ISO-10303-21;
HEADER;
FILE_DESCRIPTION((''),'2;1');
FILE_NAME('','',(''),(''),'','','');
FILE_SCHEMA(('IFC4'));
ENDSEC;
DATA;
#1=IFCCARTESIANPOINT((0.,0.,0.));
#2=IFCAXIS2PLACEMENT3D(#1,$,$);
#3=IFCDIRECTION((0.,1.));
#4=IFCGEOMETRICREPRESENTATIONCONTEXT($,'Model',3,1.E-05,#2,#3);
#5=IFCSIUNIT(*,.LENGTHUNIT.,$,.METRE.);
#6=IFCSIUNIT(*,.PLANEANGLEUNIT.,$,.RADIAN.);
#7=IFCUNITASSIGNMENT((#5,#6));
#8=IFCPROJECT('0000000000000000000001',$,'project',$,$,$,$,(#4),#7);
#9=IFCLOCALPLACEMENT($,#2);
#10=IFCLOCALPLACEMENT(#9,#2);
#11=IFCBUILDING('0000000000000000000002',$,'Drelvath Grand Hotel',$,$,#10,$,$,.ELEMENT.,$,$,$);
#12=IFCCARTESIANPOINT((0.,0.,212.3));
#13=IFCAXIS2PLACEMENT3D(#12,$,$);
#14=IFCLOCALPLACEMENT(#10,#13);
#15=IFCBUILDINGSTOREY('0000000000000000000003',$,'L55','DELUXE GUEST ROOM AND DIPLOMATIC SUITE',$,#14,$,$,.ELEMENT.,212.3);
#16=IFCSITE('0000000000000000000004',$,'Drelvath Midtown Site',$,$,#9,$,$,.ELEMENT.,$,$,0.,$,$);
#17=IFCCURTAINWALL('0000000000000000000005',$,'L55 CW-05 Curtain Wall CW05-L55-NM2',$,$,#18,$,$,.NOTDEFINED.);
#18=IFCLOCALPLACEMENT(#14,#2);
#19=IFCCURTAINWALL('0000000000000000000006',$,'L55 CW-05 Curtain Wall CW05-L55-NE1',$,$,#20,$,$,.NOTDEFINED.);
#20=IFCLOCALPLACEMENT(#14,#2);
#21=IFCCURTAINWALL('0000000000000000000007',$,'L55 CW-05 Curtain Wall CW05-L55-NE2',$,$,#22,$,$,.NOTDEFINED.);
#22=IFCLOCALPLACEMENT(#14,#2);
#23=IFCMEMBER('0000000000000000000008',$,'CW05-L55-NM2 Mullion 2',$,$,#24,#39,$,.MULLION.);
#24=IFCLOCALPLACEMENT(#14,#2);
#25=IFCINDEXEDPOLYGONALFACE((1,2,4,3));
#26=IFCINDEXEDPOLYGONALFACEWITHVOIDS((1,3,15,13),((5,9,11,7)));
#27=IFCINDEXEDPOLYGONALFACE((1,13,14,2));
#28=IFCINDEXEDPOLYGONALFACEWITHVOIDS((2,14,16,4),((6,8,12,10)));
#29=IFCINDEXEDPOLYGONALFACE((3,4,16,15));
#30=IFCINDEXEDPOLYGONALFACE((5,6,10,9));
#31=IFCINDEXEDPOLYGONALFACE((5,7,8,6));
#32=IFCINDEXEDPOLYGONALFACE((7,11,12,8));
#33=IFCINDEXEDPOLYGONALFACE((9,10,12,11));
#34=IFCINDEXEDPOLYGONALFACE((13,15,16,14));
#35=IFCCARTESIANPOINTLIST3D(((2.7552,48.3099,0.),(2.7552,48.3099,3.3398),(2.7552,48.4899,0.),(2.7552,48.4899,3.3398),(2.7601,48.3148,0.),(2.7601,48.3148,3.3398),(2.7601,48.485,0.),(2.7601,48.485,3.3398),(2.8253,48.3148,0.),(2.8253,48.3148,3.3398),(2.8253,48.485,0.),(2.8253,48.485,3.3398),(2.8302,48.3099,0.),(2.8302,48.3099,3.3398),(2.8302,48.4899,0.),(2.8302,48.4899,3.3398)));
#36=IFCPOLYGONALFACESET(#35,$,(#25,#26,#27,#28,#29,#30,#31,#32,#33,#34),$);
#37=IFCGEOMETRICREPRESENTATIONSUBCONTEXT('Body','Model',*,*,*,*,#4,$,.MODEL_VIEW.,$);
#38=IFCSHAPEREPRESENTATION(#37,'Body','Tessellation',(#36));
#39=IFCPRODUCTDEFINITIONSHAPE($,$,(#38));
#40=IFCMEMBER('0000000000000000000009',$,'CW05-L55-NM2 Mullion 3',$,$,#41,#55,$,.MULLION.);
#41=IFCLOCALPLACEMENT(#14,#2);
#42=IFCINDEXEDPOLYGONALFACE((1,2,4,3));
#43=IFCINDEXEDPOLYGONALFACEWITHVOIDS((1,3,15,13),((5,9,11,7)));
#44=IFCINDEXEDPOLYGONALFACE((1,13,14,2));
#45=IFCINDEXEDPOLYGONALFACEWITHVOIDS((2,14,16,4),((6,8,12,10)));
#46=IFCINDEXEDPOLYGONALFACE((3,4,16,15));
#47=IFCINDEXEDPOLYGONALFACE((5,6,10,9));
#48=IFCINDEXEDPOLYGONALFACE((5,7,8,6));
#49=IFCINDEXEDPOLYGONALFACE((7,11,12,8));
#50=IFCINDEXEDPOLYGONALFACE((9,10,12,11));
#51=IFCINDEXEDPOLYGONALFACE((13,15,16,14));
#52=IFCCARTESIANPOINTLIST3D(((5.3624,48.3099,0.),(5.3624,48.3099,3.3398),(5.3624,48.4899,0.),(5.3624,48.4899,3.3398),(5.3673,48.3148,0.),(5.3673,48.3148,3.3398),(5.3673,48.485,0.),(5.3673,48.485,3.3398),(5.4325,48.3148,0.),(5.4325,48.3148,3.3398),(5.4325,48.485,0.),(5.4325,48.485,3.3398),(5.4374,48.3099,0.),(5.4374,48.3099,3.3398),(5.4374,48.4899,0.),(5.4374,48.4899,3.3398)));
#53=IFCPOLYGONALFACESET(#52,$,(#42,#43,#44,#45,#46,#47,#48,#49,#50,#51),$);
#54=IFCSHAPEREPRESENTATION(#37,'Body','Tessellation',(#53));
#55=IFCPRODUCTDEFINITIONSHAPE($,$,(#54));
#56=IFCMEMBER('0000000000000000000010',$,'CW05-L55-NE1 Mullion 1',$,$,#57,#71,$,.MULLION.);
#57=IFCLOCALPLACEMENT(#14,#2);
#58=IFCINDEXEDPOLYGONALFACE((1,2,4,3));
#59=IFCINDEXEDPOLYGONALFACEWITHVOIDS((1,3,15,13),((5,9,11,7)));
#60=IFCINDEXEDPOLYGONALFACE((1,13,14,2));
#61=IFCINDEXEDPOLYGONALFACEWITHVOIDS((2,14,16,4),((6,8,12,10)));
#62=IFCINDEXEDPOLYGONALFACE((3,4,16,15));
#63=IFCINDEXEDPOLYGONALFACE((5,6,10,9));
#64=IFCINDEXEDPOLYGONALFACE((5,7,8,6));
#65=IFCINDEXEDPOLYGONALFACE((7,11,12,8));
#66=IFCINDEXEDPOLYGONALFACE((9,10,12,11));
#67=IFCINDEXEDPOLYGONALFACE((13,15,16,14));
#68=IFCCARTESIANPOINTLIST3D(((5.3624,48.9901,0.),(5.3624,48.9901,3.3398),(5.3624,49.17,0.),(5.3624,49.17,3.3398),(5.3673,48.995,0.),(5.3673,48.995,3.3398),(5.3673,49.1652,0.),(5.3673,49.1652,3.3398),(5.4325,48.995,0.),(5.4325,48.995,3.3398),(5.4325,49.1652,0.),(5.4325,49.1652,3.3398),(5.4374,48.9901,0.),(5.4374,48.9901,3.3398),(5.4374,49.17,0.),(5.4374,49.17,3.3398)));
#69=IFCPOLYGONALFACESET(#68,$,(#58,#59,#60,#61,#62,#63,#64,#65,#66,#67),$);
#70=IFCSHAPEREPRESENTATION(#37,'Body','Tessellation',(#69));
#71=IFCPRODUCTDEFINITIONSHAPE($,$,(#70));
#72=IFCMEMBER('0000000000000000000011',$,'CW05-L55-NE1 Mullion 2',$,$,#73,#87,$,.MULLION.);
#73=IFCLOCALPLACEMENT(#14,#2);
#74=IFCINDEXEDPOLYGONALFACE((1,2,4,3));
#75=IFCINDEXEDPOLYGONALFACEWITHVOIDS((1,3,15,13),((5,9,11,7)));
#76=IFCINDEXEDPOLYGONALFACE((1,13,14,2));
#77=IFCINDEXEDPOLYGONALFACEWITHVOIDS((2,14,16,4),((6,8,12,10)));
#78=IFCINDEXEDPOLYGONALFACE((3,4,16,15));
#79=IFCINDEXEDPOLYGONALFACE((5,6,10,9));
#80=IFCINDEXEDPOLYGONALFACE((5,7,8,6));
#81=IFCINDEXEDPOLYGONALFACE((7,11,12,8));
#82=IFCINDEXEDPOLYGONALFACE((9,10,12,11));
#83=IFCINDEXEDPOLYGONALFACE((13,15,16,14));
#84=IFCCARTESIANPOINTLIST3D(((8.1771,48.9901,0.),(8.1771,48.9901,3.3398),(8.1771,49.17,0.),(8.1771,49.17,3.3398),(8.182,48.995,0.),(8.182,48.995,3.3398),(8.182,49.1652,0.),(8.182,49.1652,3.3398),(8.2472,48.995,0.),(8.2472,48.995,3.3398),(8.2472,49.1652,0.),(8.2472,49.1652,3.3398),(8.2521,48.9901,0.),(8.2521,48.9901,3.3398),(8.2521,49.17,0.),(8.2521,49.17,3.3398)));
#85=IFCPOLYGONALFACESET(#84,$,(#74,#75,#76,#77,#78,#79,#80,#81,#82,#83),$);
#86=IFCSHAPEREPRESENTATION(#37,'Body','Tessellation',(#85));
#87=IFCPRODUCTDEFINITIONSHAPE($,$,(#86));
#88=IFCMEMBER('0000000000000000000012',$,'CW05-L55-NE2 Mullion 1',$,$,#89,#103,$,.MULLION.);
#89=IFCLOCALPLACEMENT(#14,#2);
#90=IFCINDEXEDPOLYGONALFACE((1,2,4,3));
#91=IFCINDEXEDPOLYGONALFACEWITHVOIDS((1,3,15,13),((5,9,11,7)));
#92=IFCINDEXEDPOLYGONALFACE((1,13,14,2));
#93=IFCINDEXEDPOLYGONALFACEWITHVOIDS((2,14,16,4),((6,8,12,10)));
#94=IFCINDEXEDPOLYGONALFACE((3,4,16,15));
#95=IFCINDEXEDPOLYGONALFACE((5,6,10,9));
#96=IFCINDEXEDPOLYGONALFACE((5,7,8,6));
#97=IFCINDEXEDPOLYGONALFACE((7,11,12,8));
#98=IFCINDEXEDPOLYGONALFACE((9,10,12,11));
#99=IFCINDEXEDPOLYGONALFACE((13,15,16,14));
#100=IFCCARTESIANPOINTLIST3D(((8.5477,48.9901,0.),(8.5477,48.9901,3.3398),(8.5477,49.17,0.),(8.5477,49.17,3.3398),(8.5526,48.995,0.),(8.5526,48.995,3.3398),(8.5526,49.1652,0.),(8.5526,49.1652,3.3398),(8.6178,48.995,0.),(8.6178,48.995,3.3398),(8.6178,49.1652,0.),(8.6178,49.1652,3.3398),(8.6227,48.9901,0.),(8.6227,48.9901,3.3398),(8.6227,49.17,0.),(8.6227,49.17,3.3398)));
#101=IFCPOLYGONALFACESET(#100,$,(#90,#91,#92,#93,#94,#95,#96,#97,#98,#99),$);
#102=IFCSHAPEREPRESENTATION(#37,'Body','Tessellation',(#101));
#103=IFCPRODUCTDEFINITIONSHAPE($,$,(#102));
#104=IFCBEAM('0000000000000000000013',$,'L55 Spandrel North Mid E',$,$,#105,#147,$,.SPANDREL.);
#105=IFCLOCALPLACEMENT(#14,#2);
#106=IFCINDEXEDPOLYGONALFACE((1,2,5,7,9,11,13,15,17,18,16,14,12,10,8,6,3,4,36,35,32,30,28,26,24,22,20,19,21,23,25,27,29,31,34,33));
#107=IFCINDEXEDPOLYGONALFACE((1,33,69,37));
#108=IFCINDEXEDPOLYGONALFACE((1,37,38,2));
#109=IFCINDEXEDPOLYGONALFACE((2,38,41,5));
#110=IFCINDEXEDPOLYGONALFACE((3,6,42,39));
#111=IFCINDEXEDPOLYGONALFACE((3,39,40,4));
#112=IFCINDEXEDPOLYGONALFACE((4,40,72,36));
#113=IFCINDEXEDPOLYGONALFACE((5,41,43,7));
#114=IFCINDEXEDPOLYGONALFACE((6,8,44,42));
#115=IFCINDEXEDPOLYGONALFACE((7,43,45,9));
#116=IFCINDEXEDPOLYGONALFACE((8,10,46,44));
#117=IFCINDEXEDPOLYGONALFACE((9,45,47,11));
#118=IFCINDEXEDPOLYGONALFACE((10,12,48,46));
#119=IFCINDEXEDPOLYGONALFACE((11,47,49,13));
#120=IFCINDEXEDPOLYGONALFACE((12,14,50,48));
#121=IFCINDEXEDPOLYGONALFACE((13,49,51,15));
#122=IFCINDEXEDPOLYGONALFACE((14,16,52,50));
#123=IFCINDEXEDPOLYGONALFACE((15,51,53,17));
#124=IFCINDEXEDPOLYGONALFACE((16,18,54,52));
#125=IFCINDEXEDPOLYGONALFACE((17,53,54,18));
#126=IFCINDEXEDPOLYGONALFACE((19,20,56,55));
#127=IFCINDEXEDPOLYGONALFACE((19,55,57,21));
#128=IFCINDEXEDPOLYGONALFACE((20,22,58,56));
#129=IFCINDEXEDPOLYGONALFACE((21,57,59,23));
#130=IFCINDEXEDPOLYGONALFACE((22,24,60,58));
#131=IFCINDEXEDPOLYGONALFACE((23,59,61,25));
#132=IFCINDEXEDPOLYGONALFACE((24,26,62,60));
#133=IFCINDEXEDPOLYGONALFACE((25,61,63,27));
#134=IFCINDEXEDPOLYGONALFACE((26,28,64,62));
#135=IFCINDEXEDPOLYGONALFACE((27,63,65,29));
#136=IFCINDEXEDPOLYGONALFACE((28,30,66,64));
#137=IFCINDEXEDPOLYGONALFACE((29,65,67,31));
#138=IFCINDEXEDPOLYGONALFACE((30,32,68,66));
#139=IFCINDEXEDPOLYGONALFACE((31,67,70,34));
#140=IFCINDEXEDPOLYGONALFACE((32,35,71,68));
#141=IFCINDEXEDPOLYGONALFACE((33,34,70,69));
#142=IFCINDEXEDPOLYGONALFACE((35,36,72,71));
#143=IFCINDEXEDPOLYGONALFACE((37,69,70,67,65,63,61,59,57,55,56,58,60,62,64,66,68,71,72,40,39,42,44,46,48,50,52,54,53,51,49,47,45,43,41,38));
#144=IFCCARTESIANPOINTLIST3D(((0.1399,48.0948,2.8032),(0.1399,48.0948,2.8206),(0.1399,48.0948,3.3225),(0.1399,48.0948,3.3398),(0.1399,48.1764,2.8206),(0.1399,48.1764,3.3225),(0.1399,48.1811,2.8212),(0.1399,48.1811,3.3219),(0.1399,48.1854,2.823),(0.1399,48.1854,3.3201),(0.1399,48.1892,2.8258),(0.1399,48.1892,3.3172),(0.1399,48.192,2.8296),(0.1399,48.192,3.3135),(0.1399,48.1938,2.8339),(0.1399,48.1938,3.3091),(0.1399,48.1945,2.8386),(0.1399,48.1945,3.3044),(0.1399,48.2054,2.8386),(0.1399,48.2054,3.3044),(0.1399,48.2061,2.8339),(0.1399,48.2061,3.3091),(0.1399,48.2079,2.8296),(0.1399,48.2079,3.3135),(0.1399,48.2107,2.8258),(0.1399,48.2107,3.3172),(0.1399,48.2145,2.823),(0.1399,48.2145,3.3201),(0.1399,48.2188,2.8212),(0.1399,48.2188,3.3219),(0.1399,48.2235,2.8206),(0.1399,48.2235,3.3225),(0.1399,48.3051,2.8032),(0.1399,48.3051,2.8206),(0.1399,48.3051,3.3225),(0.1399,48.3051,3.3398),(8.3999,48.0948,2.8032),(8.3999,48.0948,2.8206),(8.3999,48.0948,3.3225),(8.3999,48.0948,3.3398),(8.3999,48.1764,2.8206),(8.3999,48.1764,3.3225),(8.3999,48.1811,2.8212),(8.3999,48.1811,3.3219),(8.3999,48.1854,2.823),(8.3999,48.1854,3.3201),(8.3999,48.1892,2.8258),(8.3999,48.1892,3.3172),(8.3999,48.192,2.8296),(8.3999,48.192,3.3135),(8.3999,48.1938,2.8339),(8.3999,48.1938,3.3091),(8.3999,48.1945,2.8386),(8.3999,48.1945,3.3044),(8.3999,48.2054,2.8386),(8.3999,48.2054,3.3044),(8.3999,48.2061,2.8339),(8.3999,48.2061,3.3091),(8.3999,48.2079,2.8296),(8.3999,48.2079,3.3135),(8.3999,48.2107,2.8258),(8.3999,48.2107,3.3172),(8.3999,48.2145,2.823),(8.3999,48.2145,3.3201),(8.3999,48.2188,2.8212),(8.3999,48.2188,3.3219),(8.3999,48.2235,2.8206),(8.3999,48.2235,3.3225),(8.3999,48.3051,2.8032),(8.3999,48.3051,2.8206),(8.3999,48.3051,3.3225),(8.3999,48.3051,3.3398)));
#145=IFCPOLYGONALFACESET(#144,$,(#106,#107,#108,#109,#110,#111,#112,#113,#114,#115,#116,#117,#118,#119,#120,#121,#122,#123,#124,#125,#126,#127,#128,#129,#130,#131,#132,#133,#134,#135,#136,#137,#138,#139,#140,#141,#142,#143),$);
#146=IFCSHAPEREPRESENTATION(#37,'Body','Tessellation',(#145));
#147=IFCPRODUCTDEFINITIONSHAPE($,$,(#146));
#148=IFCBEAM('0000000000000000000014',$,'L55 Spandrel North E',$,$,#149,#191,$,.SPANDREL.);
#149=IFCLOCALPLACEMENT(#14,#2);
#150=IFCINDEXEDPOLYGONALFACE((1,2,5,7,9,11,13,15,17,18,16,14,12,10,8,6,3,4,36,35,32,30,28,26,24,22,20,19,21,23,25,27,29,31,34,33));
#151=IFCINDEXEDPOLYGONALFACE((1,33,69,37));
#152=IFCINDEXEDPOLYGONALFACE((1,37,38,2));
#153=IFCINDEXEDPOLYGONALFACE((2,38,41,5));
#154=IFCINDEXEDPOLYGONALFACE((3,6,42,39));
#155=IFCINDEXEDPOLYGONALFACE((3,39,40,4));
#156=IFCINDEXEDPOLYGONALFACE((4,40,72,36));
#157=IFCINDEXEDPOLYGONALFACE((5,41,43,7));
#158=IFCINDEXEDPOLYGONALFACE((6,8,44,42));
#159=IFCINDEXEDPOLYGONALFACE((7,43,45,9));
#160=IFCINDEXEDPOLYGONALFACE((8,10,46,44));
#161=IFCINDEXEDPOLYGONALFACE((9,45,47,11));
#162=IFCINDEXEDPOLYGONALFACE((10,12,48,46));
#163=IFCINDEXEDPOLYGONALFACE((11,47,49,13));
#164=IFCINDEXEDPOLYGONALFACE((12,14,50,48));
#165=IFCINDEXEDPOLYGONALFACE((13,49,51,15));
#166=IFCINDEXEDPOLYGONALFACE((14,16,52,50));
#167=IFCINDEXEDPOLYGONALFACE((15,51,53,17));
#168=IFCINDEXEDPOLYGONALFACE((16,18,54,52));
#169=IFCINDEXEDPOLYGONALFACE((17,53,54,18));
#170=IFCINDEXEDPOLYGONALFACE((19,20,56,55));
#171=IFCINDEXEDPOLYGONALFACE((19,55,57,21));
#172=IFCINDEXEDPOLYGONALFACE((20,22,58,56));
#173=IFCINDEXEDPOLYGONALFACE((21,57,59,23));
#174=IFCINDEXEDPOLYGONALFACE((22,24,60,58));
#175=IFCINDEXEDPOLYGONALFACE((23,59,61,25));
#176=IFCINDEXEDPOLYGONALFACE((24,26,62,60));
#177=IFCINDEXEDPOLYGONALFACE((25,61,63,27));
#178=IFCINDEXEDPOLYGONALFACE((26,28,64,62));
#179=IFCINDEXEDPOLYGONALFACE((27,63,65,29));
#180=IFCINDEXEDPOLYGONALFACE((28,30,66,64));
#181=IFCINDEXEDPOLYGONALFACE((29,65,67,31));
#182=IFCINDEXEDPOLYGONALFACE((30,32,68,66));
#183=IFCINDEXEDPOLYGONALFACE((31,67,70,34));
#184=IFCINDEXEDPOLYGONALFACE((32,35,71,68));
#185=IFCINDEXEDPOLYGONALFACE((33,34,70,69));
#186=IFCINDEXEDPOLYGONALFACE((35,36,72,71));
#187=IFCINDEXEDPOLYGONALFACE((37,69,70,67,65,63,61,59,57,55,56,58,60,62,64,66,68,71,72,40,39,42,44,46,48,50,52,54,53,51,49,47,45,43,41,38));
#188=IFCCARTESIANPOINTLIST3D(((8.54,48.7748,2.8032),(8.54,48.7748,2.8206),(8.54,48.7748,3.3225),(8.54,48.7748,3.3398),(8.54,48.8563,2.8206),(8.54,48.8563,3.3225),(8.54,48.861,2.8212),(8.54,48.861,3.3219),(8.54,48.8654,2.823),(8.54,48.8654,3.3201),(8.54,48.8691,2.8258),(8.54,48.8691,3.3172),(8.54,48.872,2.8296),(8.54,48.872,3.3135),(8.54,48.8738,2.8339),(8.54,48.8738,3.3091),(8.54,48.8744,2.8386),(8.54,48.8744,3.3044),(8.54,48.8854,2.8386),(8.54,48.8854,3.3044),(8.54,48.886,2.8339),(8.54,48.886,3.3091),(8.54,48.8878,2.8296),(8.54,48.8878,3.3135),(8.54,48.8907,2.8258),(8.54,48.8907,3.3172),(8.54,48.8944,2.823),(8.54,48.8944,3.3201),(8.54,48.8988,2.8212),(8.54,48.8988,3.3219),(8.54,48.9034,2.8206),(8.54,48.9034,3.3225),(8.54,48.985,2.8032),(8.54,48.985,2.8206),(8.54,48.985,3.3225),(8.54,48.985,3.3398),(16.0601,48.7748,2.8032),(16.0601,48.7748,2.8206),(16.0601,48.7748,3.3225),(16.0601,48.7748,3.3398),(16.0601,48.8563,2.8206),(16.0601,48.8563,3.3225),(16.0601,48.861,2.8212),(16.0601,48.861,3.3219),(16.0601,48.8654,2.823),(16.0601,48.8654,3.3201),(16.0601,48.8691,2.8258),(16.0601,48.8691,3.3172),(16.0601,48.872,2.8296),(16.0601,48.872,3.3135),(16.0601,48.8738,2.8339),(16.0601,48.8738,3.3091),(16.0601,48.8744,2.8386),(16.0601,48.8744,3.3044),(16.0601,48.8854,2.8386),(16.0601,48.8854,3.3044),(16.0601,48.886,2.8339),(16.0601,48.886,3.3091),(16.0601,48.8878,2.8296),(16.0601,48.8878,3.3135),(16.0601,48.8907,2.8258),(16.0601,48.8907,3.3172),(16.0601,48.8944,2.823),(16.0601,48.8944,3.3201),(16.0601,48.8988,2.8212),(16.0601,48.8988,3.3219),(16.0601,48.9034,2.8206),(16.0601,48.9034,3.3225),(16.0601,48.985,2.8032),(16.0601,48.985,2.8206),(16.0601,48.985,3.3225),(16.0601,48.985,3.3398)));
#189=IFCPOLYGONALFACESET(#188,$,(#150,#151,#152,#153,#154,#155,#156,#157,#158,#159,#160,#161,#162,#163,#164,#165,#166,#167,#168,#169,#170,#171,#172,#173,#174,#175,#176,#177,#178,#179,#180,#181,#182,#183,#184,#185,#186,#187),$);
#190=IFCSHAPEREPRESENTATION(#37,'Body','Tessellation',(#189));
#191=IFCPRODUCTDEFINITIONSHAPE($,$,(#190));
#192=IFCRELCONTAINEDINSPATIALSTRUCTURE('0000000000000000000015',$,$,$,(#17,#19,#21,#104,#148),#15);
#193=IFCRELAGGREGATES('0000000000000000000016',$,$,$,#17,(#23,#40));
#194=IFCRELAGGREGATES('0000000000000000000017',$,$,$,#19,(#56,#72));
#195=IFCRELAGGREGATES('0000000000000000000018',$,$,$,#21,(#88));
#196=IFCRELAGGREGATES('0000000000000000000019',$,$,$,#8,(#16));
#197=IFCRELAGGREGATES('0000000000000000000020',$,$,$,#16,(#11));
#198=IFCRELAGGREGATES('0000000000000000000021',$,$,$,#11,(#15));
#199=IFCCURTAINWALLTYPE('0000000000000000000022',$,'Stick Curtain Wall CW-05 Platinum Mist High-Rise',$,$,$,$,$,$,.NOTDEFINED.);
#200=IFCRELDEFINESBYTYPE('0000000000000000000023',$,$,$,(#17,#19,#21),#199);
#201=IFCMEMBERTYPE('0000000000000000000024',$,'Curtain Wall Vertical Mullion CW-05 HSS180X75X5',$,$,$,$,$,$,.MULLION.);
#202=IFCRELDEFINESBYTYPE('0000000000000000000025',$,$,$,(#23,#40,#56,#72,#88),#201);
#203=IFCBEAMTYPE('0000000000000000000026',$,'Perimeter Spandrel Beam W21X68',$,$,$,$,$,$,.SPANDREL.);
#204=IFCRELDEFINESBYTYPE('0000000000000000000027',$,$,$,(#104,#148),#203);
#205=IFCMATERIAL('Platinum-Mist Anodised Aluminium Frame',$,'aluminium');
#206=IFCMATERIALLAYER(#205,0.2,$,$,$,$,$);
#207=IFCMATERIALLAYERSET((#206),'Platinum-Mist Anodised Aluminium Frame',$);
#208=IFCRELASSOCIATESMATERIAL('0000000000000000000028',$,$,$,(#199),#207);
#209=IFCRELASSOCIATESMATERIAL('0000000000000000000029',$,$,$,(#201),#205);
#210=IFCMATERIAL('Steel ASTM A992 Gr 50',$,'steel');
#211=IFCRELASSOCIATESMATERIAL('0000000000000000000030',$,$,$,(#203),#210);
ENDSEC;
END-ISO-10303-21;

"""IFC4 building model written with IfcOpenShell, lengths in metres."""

from ifc_helpers import new_model, si_unit, direction, frame, origin, origin_2d, place, context, subcontext, project, spatial, hollow_rectangle, i_section, extrude, material, layer, layer_set, material_profile, profile_set, type_object, element, aggregate, save


model = new_model("IFC4")

# Units and contexts
model_context = context("Model", 3, precision=1e-05, world=origin(), true_north=direction((0.0, 1.0)))
body_context = subcontext(model_context, "Body", "Model", "MODEL_VIEW")
ifc_project = project(units=[si_unit("LENGTHUNIT", "METRE"), si_unit("PLANEANGLEUNIT", "RADIAN")], contexts=[model_context])

# Site, building, storey
site_placement = place(None, origin())
site = spatial("IfcSite", under=ifc_project, at=site_placement, Name="Drelvath Midtown Site", CompositionType="ELEMENT", RefElevation=0.0)
building_placement = place(site_placement, origin())
building = spatial("IfcBuilding", under=site, at=building_placement, Name="Drelvath Grand Hotel", CompositionType="ELEMENT")
storey_placement = place(building_placement, frame((0.0, 0.0, 212.3)))
storey = spatial("IfcBuildingStorey", under=building, at=storey_placement, Name="L55", Description="DELUXE GUEST ROOM AND DIPLOMATIC SUITE", CompositionType="ELEMENT", Elevation=212.3)

# Curtain walls
ifc_material_1 = material(Name="Platinum-Mist Anodised Aluminium Frame", Category="aluminium")
ifc_layer_1 = layer(ifc_material_1, 0.2)
ifc_layer_set_1 = layer_set([ifc_layer_1], Name="Platinum-Mist Anodised Aluminium Frame")
curtain_wall_type = type_object("IfcCurtainWallType", Name="Stick Curtain Wall CW-05 Platinum Mist High-Rise", PredefinedType="NOTDEFINED", material=ifc_layer_set_1)
curtain_wall_1_placement = place(storey_placement, origin())
curtain_wall_1 = element("IfcCurtainWall", 1, at=curtain_wall_1_placement, inside=storey, type_object=curtain_wall_type, Name="L55 CW-05 Curtain Wall CW05-L55-NM2", PredefinedType="NOTDEFINED")
curtain_wall_2_placement = place(storey_placement, origin())
curtain_wall_2 = element("IfcCurtainWall", 2, at=curtain_wall_2_placement, inside=storey, type_object=curtain_wall_type, Name="L55 CW-05 Curtain Wall CW05-L55-NE1", PredefinedType="NOTDEFINED")
curtain_wall_3_placement = place(storey_placement, origin())
curtain_wall_3 = element("IfcCurtainWall", 3, at=curtain_wall_3_placement, inside=storey, type_object=curtain_wall_type, Name="L55 CW-05 Curtain Wall CW05-L55-NE2", PredefinedType="NOTDEFINED")
ifc_material_profile_1 = material_profile(ifc_material_1, hollow_rectangle(XDim=0.075, YDim=0.1799, WallThickness=0.0049, at=origin_2d()), Name="HSS180X75X5")
ifc_profile_set_1 = profile_set([ifc_material_profile_1], Name="Platinum-Mist Anodised Aluminium Frame")
member_type_1 = type_object("IfcMemberType", Name="Curtain Wall Vertical Mullion CW-05 HSS180X75X5", PredefinedType="MULLION", material=ifc_profile_set_1)

# Members
member_1_placement = place(storey_placement, frame((2.7927, 48.3999, 0.0), z_axis=(0.0, 0.0, 1.0), x_axis=(1.0, 0.0, 0.0)))
member_1 = element("IfcMember", 4, at=member_1_placement, type_object=member_type_1, Name="CW05-L55-NM2 Mullion 2", PredefinedType="MULLION", context=body_context, shape_type="SweptSolid", body=[
    extrude(hollow_rectangle(XDim=0.075, YDim=0.1799, WallThickness=0.0049, at=origin_2d()), origin(), (0.0, 0.0, 1.0), 3.3398),
])
member_2_placement = place(storey_placement, frame((5.3999, 48.3999, 0.0), z_axis=(0.0, 0.0, 1.0), x_axis=(1.0, 0.0, 0.0)))
member_2 = element("IfcMember", 5, at=member_2_placement, type_object=member_type_1, Name="CW05-L55-NM2 Mullion 3", PredefinedType="MULLION", context=body_context, shape_type="SweptSolid", body=[
    extrude(hollow_rectangle(XDim=0.075, YDim=0.1799, WallThickness=0.0049, at=origin_2d()), origin(), (0.0, 0.0, 1.0), 3.3398),
])
member_3_placement = place(storey_placement, frame((5.3999, 49.0801, 0.0), z_axis=(0.0, 0.0, 1.0), x_axis=(1.0, 0.0, 0.0)))
member_3 = element("IfcMember", 6, at=member_3_placement, type_object=member_type_1, Name="CW05-L55-NE1 Mullion 1", PredefinedType="MULLION", context=body_context, shape_type="SweptSolid", body=[
    extrude(hollow_rectangle(XDim=0.075, YDim=0.1799, WallThickness=0.0049, at=origin_2d()), origin(), (0.0, 0.0, 1.0), 3.3398),
])
member_4_placement = place(storey_placement, frame((8.2146, 49.0801, 0.0), z_axis=(0.0, 0.0, 1.0), x_axis=(1.0, 0.0, 0.0)))
member_4 = element("IfcMember", 7, at=member_4_placement, type_object=member_type_1, Name="CW05-L55-NE1 Mullion 2", PredefinedType="MULLION", context=body_context, shape_type="SweptSolid", body=[
    extrude(hollow_rectangle(XDim=0.075, YDim=0.1799, WallThickness=0.0049, at=origin_2d()), origin(), (0.0, 0.0, 1.0), 3.3398),
])
member_5_placement = place(storey_placement, frame((8.5852, 49.0801, 0.0), z_axis=(0.0, 0.0, 1.0), x_axis=(1.0, 0.0, 0.0)))
member_5 = element("IfcMember", 8, at=member_5_placement, type_object=member_type_1, Name="CW05-L55-NE2 Mullion 1", PredefinedType="MULLION", context=body_context, shape_type="SweptSolid", body=[
    extrude(hollow_rectangle(XDim=0.075, YDim=0.1799, WallThickness=0.0049, at=origin_2d()), origin(), (0.0, 0.0, 1.0), 3.3398),
])

# Beams
ifc_material_2 = material(Name="Steel ASTM A992 Gr 50", Category="steel")
ifc_material_profile_2 = material_profile(ifc_material_2, i_section(OverallWidth=0.2102, OverallDepth=0.5366, WebThickness=0.011, FlangeThickness=0.0173, FilletRadius=0.0181, at=origin_2d()), Name="W21X68")
ifc_profile_set_2 = profile_set([ifc_material_profile_2], Name="Steel ASTM A992 Gr 50")
beam_type_1 = type_object("IfcBeamType", Name="Perimeter Spandrel Beam W21X68", PredefinedType="SPANDREL", material=ifc_profile_set_2)
beam_1_placement = place(storey_placement, frame((0.1399, 48.2, 3.0715), z_axis=(1.0, 0.0, 0.0), x_axis=(0.0, 1.0, 0.0)))
element("IfcBeam", 9, at=beam_1_placement, inside=storey, type_object=beam_type_1, Name="L55 Spandrel North Mid E", PredefinedType="SPANDREL", context=body_context, shape_type="SweptSolid", body=[
    extrude(i_section(OverallWidth=0.2102, OverallDepth=0.5366, WebThickness=0.011, FlangeThickness=0.0173, FilletRadius=0.0181, at=origin_2d()), origin(), (0.0, 0.0, 1.0), 8.26),
])
beam_2_placement = place(storey_placement, frame((8.54, 48.8799, 3.0715), z_axis=(1.0, 0.0, 0.0), x_axis=(0.0, 1.0, 0.0)))
element("IfcBeam", 10, at=beam_2_placement, inside=storey, type_object=beam_type_1, Name="L55 Spandrel North E", PredefinedType="SPANDREL", context=body_context, shape_type="SweptSolid", body=[
    extrude(i_section(OverallWidth=0.2102, OverallDepth=0.5366, WebThickness=0.011, FlangeThickness=0.0173, FilletRadius=0.0181, at=origin_2d()), origin(), (0.0, 0.0, 1.0), 7.52),
])

aggregate(curtain_wall_1, [member_1, member_2])
aggregate(curtain_wall_2, [member_3, member_4])
aggregate(curtain_wall_3, [member_5])

save(model, "model.ifc")
